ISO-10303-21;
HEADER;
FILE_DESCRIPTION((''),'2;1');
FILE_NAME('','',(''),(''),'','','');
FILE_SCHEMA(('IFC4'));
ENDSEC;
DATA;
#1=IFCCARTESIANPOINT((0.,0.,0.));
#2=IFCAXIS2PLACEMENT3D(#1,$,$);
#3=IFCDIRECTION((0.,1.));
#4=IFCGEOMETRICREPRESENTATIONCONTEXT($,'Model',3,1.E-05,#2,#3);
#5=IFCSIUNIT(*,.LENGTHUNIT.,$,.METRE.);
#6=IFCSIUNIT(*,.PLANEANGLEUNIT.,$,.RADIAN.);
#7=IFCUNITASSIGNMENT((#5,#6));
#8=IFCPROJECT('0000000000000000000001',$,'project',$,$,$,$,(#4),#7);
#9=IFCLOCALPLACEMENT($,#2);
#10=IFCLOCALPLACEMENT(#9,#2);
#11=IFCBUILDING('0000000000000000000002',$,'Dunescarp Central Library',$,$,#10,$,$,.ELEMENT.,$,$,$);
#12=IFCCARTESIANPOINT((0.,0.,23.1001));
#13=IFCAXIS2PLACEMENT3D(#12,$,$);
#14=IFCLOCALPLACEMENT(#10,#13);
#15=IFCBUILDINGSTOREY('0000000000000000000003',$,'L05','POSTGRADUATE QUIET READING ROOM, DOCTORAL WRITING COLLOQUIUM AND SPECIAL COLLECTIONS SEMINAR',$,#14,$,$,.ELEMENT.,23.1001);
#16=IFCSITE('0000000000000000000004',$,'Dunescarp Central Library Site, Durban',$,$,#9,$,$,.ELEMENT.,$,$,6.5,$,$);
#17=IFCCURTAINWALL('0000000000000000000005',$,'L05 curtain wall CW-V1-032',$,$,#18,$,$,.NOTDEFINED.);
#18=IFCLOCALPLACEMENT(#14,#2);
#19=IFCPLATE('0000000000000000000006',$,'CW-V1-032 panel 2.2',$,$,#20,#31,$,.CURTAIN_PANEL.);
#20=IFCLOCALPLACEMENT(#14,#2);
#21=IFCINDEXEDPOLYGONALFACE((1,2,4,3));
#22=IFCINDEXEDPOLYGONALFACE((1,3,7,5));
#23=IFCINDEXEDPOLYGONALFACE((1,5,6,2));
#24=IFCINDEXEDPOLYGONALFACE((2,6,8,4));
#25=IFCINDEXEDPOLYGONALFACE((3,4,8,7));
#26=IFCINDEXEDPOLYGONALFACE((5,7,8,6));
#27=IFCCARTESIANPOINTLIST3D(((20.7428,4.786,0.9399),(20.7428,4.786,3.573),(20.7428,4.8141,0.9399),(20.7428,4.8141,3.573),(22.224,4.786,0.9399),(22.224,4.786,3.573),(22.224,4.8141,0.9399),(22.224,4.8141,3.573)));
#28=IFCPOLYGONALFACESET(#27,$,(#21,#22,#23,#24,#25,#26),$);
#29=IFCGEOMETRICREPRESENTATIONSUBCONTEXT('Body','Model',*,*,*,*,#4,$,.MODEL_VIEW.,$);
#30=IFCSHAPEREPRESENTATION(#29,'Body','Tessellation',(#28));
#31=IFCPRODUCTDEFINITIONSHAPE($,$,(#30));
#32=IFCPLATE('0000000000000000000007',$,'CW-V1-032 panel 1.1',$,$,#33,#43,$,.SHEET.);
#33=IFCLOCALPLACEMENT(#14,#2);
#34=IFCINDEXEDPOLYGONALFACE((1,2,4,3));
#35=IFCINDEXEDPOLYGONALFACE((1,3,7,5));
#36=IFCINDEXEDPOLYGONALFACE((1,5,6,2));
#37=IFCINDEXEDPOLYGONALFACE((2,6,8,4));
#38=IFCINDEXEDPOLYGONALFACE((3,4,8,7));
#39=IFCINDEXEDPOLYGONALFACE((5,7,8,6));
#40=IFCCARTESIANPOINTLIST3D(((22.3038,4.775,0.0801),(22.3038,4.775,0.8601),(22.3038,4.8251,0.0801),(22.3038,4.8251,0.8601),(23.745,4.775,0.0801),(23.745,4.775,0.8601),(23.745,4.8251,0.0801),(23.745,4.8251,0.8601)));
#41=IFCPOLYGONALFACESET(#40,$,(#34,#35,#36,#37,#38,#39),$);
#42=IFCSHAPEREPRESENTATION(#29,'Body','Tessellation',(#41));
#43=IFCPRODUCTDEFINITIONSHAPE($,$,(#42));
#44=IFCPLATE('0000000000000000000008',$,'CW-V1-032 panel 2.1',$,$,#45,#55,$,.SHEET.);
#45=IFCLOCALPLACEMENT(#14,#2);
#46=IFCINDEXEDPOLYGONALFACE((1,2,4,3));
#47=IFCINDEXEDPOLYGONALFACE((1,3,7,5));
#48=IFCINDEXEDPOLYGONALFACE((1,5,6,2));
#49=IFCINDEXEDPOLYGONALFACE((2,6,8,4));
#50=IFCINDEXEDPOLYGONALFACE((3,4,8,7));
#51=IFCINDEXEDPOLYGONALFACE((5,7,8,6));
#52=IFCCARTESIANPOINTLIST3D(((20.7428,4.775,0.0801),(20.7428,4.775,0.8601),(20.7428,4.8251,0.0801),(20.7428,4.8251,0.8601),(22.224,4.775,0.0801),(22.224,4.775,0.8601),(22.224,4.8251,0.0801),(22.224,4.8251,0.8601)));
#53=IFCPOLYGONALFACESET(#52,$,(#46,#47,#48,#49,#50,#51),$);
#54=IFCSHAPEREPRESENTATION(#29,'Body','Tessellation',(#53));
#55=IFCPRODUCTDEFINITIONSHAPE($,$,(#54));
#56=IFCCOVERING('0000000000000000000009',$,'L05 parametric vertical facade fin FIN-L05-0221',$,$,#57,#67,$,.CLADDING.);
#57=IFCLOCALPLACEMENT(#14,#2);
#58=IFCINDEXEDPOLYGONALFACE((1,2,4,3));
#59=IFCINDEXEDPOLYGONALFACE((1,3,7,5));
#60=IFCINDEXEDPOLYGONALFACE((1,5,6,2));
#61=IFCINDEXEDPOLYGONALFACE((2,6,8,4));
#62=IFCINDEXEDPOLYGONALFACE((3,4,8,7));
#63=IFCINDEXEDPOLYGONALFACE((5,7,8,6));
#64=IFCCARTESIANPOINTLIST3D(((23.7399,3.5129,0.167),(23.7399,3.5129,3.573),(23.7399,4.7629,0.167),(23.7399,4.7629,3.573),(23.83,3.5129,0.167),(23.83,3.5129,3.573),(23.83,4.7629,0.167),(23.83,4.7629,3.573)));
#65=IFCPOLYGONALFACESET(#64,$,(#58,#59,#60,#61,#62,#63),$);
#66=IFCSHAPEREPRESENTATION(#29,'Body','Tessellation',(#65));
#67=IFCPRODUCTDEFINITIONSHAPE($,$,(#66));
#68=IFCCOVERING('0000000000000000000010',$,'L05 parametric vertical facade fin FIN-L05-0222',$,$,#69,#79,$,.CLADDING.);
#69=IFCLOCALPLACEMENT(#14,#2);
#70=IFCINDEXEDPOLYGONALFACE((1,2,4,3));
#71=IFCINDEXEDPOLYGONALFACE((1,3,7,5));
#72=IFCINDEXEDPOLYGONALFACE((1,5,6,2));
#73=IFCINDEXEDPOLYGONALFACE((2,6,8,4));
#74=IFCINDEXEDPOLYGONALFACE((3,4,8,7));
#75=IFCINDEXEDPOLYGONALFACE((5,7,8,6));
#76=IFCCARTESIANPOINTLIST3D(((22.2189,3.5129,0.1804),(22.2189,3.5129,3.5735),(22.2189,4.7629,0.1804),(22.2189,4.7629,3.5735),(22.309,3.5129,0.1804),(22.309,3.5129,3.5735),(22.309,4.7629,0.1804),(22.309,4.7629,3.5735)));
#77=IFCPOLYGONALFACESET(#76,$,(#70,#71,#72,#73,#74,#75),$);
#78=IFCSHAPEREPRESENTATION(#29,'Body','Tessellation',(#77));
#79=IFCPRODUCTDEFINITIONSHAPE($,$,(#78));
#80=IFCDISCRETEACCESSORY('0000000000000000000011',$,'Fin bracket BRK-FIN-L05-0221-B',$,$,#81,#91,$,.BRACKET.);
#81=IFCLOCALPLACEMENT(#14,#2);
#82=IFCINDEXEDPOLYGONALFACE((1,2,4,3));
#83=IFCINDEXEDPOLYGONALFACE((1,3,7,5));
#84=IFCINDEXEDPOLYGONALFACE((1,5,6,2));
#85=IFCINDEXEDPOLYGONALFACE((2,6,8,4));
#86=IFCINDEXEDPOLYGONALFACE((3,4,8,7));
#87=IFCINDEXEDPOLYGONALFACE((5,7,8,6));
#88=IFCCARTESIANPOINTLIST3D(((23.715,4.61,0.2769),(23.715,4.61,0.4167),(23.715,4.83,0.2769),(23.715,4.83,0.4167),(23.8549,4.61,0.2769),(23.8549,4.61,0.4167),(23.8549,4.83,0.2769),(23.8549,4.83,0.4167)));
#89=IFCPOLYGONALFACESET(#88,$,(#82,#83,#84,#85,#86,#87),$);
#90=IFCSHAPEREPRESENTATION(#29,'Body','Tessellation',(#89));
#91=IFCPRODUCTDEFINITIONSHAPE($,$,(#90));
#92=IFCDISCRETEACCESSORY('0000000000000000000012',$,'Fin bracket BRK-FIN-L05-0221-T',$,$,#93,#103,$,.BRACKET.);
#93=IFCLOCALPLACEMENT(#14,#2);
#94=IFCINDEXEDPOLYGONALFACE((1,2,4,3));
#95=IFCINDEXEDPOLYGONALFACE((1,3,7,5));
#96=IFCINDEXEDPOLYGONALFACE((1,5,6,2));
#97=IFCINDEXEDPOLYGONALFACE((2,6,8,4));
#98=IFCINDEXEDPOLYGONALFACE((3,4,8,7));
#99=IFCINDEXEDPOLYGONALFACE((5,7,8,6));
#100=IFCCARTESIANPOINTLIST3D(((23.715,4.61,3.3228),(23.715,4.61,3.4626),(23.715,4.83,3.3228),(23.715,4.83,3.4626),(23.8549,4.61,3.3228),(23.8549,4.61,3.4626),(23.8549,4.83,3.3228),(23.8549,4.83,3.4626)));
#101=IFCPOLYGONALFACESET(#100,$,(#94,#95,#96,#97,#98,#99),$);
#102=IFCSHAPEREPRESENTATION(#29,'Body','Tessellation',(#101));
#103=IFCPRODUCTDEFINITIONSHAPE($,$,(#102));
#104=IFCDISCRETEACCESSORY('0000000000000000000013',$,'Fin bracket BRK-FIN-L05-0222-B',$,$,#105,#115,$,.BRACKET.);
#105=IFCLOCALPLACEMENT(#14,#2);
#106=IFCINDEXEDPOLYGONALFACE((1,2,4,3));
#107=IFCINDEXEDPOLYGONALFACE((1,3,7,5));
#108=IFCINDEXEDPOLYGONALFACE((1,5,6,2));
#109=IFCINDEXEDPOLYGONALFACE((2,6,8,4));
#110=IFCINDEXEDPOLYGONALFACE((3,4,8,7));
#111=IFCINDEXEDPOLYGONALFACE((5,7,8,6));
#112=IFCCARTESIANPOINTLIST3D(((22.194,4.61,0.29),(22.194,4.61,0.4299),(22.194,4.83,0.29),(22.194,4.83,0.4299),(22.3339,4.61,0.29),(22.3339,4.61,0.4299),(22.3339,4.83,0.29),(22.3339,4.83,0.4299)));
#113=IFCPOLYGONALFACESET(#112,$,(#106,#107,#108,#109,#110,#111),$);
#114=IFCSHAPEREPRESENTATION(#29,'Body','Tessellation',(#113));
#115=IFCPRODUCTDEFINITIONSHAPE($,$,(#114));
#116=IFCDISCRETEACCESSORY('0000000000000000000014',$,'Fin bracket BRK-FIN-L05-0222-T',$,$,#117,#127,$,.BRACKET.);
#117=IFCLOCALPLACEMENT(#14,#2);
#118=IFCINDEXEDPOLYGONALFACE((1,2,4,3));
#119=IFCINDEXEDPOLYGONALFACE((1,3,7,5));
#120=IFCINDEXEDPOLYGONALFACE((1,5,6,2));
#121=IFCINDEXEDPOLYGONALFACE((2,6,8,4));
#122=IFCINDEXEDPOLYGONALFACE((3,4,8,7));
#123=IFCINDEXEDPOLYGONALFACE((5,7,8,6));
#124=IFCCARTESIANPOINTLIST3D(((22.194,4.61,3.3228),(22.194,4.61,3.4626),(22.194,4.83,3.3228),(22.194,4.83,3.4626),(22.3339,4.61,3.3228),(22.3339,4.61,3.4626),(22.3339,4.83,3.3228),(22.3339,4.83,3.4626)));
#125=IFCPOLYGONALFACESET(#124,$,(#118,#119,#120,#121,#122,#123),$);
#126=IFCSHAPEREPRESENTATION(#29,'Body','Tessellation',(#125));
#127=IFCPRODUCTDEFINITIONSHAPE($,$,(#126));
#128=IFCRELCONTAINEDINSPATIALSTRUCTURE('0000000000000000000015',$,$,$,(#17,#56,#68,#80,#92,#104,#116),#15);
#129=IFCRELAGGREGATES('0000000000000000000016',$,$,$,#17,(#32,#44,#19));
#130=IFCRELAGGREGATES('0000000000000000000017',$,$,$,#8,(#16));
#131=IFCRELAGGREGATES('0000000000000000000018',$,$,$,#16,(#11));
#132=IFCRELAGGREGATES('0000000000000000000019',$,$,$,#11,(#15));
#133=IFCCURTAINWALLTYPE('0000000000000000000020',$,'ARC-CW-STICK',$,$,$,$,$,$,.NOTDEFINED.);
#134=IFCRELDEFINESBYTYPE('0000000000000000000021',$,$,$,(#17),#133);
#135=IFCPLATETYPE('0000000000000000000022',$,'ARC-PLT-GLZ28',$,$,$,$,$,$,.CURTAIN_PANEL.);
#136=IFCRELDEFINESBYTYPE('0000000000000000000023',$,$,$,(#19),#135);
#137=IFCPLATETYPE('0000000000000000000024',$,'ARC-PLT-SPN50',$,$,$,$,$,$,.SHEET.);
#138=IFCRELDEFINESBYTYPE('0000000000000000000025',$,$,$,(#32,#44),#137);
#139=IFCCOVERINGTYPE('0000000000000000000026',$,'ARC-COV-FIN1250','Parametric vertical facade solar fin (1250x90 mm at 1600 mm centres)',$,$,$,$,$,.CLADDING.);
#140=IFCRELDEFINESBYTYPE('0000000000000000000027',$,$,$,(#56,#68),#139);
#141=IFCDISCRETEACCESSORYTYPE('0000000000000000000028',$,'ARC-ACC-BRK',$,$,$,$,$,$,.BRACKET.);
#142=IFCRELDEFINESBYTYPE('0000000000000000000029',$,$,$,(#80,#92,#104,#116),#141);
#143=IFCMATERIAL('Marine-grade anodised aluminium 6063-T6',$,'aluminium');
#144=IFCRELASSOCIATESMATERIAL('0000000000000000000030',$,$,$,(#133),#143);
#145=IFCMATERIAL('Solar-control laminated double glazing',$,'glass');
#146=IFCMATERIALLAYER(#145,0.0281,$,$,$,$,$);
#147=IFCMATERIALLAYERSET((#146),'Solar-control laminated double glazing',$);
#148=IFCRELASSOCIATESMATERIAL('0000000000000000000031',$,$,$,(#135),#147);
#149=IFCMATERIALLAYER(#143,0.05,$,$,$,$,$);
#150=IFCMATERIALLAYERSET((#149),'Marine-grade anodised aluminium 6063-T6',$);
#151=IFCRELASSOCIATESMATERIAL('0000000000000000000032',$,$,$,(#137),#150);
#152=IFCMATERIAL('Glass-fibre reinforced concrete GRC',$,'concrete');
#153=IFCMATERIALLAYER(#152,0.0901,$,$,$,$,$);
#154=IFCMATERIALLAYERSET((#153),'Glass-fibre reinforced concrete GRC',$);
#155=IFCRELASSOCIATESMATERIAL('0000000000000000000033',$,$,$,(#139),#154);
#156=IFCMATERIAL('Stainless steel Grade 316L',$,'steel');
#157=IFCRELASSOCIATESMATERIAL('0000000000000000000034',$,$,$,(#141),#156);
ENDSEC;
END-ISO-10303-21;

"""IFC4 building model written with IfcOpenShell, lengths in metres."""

from ifc_helpers import new_model, si_unit, direction, frame, origin, origin_2d, place, context, subcontext, project, spatial, rectangle, extrude, material, layer, layer_set, type_object, element, aggregate, save


model = new_model("IFC4")

# Units and contexts
model_context = context("Model", 3, precision=1e-05, world=origin(), true_north=direction((0.0, 1.0)))
body_context = subcontext(model_context, "Body", "Model", "MODEL_VIEW")
ifc_project = project(units=[si_unit("LENGTHUNIT", "METRE"), si_unit("PLANEANGLEUNIT", "RADIAN")], contexts=[model_context])

# Site, building, storey
site_placement = place(None, origin())
site = spatial("IfcSite", under=ifc_project, at=site_placement, Name="Dunescarp Central Library Site, Durban", CompositionType="ELEMENT", RefElevation=6.5)
building_placement = place(site_placement, origin())
building = spatial("IfcBuilding", under=site, at=building_placement, Name="Dunescarp Central Library", CompositionType="ELEMENT")
storey_placement = place(building_placement, frame((0.0, 0.0, 23.1001)))
storey = spatial("IfcBuildingStorey", under=building, at=storey_placement, Name="L05", Description="POSTGRADUATE QUIET READING ROOM, DOCTORAL WRITING COLLOQUIUM AND SPECIAL COLLECTIONS SEMINAR", CompositionType="ELEMENT", Elevation=23.1001)

# Curtain wall
ifc_material_1 = material(Name="Marine-grade anodised aluminium 6063-T6", Category="aluminium")
curtain_wall_type = type_object("IfcCurtainWallType", Name="ARC-CW-STICK", PredefinedType="NOTDEFINED", material=ifc_material_1)
curtain_wall_placement = place(storey_placement, origin())
curtain_wall = element("IfcCurtainWall", 1, at=curtain_wall_placement, inside=storey, type_object=curtain_wall_type, Name="L05 curtain wall CW-V1-032", PredefinedType="NOTDEFINED")

# Plates
ifc_material_2 = material(Name="Solar-control laminated double glazing", Category="glass")
ifc_layer_1 = layer(ifc_material_2, 0.0281)
ifc_layer_set_1 = layer_set([ifc_layer_1], Name="Solar-control laminated double glazing")
plate_type_1 = type_object("IfcPlateType", Name="ARC-PLT-GLZ28", PredefinedType="CURTAIN_PANEL", material=ifc_layer_set_1)
plate_1_placement = place(storey_placement, frame((21.4834, 4.8, 0.9399), z_axis=(0.0, 0.0, 1.0), x_axis=(-1.0, 0.0, 0.0)))
plate_1 = element("IfcPlate", 2, at=plate_1_placement, type_object=plate_type_1, Name="CW-V1-032 panel 2.2", PredefinedType="CURTAIN_PANEL", context=body_context, shape_type="SweptSolid", body=[
    extrude(rectangle(XDim=1.4812, YDim=0.0281, at=origin_2d()), origin(), (0.0, 0.0, 1.0), 2.6331),
])
ifc_layer_2 = layer(ifc_material_1, 0.05)
ifc_layer_set_2 = layer_set([ifc_layer_2], Name="Marine-grade anodised aluminium 6063-T6")
plate_type_2 = type_object("IfcPlateType", Name="ARC-PLT-SPN50", PredefinedType="SHEET", material=ifc_layer_set_2)
plate_2_placement = place(storey_placement, frame((23.0244, 4.8, 0.0801), z_axis=(0.0, 0.0, 1.0), x_axis=(-1.0, 0.0, 0.0)))
plate_2 = element("IfcPlate", 3, at=plate_2_placement, type_object=plate_type_2, Name="CW-V1-032 panel 1.1", PredefinedType="SHEET", context=body_context, shape_type="SweptSolid", body=[
    extrude(rectangle(XDim=1.4412, YDim=0.05, at=origin_2d()), origin(), (0.0, 0.0, 1.0), 0.78),
])
plate_3_placement = place(storey_placement, frame((21.4834, 4.8, 0.0801), z_axis=(0.0, 0.0, 1.0), x_axis=(-1.0, 0.0, 0.0)))
plate_3 = element("IfcPlate", 4, at=plate_3_placement, type_object=plate_type_2, Name="CW-V1-032 panel 2.1", PredefinedType="SHEET", context=body_context, shape_type="SweptSolid", body=[
    extrude(rectangle(XDim=1.4812, YDim=0.05, at=origin_2d()), origin(), (0.0, 0.0, 1.0), 0.78),
])
aggregate(curtain_wall, [plate_2, plate_3, plate_1])

# Coverings
ifc_material_3 = material(Name="Glass-fibre reinforced concrete GRC", Category="concrete")
ifc_layer_3 = layer(ifc_material_3, 0.0901)
ifc_layer_set_3 = layer_set([ifc_layer_3], Name="Glass-fibre reinforced concrete GRC")
covering_type = type_object("IfcCoveringType", Name="ARC-COV-FIN1250", Description="Parametric vertical facade solar fin (1250x90 mm at 1600 mm centres)", PredefinedType="CLADDING", material=ifc_layer_set_3)
covering_1_placement = place(storey_placement, frame((23.7849, 4.1379, 0.167), z_axis=(0.0, 0.0, 1.0), x_axis=(0.0, -1.0, 0.0)))
element("IfcCovering", 5, at=covering_1_placement, inside=storey, type_object=covering_type, Name="L05 parametric vertical facade fin FIN-L05-0221", PredefinedType="CLADDING", context=body_context, shape_type="SweptSolid", body=[
    extrude(rectangle(XDim=1.25, YDim=0.0901, at=origin_2d()), origin(), (0.0, 0.0, 1.0), 3.406),
])
covering_2_placement = place(storey_placement, frame((22.2639, 4.1379, 0.1804), z_axis=(0.0, 0.0, 1.0), x_axis=(0.0, -1.0, 0.0)))
element("IfcCovering", 6, at=covering_2_placement, inside=storey, type_object=covering_type, Name="L05 parametric vertical facade fin FIN-L05-0222", PredefinedType="CLADDING", context=body_context, shape_type="SweptSolid", body=[
    extrude(rectangle(XDim=1.25, YDim=0.0901, at=origin_2d()), origin(), (0.0, 0.0, 1.0), 3.3931),
])

# Discrete accessories
ifc_material_4 = material(Name="Stainless steel Grade 316L", Category="steel")
discrete_accessory_type = type_object("IfcDiscreteAccessoryType", Name="ARC-ACC-BRK", PredefinedType="BRACKET", material=ifc_material_4)
for number, where, z_axis, x_axis, name in (
    (7, (23.7849, 4.72, 0.2769), (0.0, 0.0, 1.0), (0.0, -1.0, 0.0), "Fin bracket BRK-FIN-L05-0221-B"),
    (8, (23.7849, 4.72, 3.3228), (0.0, 0.0, 1.0), (0.0, -1.0, 0.0), "Fin bracket BRK-FIN-L05-0221-T"),
    (9, (22.2639, 4.72, 0.29), (0.0, 0.0, 1.0), (0.0, -1.0, 0.0), "Fin bracket BRK-FIN-L05-0222-B"),
    (10, (22.2639, 4.72, 3.3228), (0.0, 0.0, 1.0), (0.0, -1.0, 0.0), "Fin bracket BRK-FIN-L05-0222-T"),
):
    element("IfcDiscreteAccessory", number, at=place(storey_placement, frame(where, z_axis=z_axis, x_axis=x_axis)), inside=storey, type_object=discrete_accessory_type, Name=name, PredefinedType="BRACKET", context=body_context, shape_type="SweptSolid", body=[
        extrude(rectangle(XDim=0.22, YDim=0.1399, at=origin_2d()), origin(), (0.0, 0.0, 1.0), 0.1399),
    ])

save(model, "model.ifc")
